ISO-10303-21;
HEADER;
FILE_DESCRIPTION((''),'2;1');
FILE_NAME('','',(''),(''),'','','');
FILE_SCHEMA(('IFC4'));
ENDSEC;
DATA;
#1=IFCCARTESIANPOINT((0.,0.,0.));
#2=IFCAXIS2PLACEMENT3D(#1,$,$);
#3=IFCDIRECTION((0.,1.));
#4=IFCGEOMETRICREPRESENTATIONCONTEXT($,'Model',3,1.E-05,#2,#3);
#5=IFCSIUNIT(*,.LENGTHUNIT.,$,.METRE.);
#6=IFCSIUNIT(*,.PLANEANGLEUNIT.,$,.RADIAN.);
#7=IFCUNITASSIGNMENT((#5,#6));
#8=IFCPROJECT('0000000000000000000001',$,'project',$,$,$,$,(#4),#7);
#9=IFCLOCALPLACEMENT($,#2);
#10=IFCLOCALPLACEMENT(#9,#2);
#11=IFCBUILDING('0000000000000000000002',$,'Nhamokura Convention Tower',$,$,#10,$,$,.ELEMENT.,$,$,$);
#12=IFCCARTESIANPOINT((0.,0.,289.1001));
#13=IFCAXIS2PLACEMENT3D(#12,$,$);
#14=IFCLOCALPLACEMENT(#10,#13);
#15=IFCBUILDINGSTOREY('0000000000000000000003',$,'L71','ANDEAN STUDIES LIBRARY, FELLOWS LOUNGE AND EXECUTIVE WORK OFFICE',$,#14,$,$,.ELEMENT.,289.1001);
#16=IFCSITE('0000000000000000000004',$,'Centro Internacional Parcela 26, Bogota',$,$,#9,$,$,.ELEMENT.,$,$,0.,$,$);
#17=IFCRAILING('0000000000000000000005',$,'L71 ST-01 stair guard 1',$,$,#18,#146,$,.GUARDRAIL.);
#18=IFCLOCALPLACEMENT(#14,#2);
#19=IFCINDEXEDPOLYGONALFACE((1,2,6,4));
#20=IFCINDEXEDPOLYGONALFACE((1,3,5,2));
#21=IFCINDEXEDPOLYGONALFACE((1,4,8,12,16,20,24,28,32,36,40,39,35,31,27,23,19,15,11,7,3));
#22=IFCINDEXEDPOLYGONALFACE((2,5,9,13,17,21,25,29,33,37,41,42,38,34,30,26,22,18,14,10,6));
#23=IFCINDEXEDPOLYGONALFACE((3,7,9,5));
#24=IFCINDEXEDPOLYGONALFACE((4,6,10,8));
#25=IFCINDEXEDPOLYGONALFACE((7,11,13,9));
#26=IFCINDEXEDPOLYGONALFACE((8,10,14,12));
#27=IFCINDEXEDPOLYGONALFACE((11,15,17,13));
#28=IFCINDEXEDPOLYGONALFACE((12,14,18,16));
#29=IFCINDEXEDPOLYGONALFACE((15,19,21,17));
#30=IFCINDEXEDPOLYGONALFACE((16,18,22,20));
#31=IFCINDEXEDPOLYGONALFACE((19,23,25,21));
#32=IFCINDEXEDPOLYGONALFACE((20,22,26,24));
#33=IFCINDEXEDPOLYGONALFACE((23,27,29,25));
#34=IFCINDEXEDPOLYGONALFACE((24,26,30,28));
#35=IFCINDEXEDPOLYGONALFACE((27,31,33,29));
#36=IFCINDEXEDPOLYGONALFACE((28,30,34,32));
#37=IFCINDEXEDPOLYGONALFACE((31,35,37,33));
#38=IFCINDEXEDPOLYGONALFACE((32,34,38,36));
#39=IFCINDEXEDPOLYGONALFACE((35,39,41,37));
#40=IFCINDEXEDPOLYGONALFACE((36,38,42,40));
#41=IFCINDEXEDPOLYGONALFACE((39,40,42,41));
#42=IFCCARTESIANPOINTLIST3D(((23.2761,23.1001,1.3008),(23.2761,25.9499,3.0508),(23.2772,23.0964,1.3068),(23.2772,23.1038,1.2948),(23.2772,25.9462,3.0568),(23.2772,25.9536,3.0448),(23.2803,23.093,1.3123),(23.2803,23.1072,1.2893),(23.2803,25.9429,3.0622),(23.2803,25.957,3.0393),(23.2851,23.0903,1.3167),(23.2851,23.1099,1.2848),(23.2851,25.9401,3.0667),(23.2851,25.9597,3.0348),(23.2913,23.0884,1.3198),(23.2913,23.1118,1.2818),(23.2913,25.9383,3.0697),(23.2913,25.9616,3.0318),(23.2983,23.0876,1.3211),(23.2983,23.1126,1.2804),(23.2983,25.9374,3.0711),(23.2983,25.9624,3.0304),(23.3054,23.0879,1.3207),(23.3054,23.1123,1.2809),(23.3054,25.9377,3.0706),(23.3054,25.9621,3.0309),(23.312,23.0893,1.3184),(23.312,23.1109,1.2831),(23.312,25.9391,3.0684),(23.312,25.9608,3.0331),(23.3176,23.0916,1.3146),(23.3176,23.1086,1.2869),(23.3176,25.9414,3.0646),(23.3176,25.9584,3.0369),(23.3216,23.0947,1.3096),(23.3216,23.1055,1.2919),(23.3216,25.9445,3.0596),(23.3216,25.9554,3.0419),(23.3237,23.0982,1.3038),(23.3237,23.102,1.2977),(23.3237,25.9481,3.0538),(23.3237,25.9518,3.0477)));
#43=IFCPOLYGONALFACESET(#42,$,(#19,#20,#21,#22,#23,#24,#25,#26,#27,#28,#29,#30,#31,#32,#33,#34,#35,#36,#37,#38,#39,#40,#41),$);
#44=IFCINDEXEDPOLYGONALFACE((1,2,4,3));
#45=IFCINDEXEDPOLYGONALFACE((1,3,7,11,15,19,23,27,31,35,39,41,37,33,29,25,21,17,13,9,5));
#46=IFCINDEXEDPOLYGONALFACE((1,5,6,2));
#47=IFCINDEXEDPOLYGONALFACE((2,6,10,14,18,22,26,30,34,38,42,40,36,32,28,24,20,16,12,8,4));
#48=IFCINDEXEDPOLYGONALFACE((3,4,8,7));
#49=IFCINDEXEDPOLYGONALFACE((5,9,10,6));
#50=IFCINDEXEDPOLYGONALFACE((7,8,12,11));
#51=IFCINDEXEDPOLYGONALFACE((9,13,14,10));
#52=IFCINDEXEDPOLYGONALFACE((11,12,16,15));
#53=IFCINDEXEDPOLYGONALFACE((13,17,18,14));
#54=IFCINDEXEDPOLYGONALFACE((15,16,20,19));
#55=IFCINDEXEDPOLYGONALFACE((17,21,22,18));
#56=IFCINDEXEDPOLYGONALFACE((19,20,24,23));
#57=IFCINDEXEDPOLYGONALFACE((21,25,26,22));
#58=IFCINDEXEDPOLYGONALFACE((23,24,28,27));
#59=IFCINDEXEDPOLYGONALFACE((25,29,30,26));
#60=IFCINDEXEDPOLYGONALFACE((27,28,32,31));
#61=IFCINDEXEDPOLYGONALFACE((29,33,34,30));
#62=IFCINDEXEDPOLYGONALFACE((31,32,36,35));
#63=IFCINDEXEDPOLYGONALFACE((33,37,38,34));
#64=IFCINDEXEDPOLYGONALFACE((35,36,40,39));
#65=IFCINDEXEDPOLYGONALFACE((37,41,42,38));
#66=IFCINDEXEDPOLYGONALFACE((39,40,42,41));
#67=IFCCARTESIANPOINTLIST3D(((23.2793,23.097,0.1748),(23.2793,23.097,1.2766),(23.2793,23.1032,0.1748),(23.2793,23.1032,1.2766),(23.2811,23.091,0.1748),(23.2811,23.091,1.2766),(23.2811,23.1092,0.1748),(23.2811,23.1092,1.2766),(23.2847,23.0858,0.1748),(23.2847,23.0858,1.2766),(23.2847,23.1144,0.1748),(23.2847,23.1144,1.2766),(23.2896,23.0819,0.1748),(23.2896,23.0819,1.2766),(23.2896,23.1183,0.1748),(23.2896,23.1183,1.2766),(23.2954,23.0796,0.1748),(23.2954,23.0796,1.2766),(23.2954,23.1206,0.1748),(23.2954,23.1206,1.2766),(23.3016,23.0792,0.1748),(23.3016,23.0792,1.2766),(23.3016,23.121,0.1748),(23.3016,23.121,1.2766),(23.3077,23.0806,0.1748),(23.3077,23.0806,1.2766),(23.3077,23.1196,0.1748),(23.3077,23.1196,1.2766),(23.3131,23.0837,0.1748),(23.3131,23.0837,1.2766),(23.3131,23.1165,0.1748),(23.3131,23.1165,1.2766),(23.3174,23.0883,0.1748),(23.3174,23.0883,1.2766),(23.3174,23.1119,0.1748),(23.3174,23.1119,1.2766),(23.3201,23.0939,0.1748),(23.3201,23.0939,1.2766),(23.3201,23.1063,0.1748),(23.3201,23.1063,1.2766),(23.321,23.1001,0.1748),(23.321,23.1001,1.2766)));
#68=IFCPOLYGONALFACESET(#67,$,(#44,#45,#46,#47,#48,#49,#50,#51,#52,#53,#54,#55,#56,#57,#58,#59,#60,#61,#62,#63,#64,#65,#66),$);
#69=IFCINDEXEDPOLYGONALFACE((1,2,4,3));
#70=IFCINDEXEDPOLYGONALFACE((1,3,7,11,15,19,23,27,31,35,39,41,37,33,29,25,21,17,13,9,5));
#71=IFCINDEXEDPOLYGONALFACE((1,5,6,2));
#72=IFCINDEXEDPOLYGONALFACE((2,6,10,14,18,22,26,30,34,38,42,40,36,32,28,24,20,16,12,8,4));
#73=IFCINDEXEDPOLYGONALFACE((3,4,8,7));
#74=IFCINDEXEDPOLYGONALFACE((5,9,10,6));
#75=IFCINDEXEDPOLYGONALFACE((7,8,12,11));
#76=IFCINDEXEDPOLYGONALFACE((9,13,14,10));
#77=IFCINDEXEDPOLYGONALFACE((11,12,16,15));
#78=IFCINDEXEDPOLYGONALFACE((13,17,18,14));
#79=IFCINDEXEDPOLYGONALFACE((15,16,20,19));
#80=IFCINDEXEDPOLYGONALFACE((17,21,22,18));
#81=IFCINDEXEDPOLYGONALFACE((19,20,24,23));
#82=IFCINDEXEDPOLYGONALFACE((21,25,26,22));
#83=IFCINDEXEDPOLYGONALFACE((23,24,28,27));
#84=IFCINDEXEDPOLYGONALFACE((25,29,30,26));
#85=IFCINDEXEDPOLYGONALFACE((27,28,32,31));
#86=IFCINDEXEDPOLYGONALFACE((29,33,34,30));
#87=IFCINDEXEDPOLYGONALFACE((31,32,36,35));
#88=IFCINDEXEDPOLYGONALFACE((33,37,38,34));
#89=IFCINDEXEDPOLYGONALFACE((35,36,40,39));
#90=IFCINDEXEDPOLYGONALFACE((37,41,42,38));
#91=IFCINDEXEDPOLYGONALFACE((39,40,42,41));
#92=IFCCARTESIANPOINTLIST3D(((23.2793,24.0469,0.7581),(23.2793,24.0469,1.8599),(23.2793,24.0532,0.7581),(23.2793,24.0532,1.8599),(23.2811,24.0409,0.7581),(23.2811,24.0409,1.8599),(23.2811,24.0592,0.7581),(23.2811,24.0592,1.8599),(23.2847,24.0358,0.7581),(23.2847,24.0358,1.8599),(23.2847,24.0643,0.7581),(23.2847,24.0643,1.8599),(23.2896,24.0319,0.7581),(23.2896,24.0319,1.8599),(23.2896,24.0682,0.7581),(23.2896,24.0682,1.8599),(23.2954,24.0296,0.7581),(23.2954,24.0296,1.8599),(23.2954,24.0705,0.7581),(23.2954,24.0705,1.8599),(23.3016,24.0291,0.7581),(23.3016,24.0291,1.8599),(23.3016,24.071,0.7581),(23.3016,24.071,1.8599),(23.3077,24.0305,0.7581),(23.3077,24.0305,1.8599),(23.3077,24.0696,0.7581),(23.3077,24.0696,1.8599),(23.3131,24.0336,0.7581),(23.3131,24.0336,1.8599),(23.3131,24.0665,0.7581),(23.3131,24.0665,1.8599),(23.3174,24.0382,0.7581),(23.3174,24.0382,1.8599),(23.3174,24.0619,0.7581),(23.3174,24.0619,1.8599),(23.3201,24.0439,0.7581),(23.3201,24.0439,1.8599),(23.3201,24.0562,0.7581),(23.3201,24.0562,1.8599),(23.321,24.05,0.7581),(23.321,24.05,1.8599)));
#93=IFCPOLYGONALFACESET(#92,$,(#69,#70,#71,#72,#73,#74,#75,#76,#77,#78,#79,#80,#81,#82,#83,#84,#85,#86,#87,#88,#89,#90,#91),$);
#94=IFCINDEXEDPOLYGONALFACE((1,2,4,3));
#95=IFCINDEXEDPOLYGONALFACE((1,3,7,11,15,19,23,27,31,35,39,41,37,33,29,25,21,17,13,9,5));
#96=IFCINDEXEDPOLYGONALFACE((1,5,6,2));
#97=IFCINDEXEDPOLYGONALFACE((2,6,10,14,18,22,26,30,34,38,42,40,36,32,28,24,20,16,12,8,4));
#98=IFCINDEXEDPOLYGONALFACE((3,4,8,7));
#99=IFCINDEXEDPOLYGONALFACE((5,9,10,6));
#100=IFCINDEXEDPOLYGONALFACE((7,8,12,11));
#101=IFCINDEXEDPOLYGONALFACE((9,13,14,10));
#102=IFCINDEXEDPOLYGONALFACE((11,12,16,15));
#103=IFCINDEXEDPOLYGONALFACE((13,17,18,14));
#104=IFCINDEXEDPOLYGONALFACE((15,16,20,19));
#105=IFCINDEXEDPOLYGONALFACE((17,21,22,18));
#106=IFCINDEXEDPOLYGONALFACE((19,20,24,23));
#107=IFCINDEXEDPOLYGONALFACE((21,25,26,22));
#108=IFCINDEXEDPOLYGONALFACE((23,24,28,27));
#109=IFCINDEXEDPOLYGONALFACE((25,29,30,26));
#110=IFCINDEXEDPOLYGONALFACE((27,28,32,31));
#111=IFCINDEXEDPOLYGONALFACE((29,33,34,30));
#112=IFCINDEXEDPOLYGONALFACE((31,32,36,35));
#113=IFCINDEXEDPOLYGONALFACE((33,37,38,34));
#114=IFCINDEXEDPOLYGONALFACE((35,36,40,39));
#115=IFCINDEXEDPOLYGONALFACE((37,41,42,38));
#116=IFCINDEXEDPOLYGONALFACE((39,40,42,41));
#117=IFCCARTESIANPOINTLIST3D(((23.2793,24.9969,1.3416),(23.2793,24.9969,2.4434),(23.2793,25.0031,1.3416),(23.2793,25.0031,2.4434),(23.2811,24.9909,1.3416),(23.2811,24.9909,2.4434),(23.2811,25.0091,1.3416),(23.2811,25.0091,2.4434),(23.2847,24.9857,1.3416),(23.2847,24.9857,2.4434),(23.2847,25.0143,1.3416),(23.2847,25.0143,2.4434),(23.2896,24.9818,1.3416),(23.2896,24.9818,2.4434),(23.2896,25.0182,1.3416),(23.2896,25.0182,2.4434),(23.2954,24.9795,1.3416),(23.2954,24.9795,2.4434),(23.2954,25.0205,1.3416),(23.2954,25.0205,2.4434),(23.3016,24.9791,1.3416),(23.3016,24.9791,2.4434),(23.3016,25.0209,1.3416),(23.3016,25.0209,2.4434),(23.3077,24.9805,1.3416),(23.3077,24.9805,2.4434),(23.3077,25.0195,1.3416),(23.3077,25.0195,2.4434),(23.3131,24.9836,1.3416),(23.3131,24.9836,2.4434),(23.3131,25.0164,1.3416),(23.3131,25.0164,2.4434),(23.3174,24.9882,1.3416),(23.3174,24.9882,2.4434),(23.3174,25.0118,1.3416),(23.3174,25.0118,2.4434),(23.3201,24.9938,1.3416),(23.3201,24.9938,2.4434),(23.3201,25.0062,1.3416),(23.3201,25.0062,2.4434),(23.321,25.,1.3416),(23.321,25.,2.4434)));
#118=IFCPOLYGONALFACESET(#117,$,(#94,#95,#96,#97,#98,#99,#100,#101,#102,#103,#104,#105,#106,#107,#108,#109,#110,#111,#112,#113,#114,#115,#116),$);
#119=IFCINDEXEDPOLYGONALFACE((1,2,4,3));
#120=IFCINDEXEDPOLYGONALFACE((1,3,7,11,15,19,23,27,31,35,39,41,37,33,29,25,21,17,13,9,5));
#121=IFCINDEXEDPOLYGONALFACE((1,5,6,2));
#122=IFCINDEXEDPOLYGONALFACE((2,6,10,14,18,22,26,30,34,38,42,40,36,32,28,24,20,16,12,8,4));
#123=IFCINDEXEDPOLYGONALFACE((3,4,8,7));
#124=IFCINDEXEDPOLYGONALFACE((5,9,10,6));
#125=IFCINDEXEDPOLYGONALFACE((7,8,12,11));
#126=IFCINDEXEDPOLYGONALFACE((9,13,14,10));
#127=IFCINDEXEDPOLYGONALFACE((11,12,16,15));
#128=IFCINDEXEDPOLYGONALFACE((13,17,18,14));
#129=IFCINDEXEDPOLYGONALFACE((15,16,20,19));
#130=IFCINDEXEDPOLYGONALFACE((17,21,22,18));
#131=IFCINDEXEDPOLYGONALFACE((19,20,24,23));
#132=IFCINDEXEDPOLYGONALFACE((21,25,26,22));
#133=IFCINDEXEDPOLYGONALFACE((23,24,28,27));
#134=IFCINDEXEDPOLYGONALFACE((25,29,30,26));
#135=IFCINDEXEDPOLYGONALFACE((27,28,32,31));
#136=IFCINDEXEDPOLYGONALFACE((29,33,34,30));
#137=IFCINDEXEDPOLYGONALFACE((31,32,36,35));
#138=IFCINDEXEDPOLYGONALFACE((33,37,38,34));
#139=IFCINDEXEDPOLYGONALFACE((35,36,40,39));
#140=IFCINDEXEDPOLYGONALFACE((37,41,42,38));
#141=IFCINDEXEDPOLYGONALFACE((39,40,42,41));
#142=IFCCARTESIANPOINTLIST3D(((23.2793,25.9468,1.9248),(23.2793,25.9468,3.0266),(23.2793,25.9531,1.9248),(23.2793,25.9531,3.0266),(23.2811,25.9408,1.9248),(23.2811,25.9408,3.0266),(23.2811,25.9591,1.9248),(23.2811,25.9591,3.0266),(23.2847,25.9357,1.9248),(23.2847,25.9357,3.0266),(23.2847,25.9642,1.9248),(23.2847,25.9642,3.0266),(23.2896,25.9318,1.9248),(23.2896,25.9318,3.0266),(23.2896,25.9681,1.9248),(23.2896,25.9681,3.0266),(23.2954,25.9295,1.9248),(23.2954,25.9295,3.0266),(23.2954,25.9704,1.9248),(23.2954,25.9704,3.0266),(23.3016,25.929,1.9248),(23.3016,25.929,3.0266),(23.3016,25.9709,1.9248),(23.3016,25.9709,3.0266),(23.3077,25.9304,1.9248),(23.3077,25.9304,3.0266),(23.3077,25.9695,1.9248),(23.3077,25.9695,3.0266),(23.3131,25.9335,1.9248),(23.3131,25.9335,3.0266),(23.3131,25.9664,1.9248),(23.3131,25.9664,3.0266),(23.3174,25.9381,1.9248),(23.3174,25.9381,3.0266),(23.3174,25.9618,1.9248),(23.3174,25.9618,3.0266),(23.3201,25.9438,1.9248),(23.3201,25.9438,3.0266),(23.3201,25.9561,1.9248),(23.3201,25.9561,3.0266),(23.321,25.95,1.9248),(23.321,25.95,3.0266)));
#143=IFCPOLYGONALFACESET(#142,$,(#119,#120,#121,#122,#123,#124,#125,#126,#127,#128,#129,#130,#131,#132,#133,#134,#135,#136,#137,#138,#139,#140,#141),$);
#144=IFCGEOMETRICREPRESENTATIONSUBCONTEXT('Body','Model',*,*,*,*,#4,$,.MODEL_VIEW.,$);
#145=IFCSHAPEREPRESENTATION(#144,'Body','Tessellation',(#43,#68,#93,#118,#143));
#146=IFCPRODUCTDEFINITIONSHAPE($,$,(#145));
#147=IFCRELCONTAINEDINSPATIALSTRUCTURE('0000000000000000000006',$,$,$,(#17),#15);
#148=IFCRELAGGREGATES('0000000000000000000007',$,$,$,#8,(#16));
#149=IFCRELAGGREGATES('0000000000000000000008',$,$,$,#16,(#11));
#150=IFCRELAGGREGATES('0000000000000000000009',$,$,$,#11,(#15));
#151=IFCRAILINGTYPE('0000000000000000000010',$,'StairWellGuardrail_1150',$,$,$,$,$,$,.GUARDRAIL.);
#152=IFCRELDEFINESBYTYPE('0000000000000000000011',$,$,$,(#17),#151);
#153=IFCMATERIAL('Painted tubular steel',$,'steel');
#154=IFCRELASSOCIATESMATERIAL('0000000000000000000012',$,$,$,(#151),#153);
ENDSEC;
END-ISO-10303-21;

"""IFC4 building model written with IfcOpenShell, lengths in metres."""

from ifc_helpers import new_model, si_unit, direction, frame, origin, origin_2d, place, context, subcontext, project, spatial, circle, extrude, material, type_object, element, save


model = new_model("IFC4")

# Units and contexts
model_context = context("Model", 3, precision=1e-05, world=origin(), true_north=direction((0.0, 1.0)))
body_context = subcontext(model_context, "Body", "Model", "MODEL_VIEW")
ifc_project = project(units=[si_unit("LENGTHUNIT", "METRE"), si_unit("PLANEANGLEUNIT", "RADIAN")], contexts=[model_context])

# Site, building, storey
site_placement = place(None, origin())
site = spatial("IfcSite", under=ifc_project, at=site_placement, Name="Centro Internacional Parcela 26, Bogota", CompositionType="ELEMENT", RefElevation=0.0)
building_placement = place(site_placement, origin())
building = spatial("IfcBuilding", under=site, at=building_placement, Name="Nhamokura Convention Tower", CompositionType="ELEMENT")
storey_placement = place(building_placement, frame((0.0, 0.0, 289.1001)))
storey = spatial("IfcBuildingStorey", under=building, at=storey_placement, Name="L71", Description="ANDEAN STUDIES LIBRARY, FELLOWS LOUNGE AND EXECUTIVE WORK OFFICE", CompositionType="ELEMENT", Elevation=289.1001)

# Railing
ifc_material_1 = material(Name="Painted tubular steel", Category="steel")
railing_type_1 = type_object("IfcRailingType", Name="StairWellGuardrail_1150", PredefinedType="GUARDRAIL", material=ifc_material_1)
railing_1_placement = place(storey_placement, frame((23.3, 23.1001, 0.1748)))
element("IfcRailing", 1, at=railing_1_placement, inside=storey, type_object=railing_type_1, Name="L71 ST-01 stair guard 1", PredefinedType="GUARDRAIL", context=body_context, shape_type="SweptSolid", body=[
    extrude(circle(Radius=0.0239, at=origin_2d()), frame((0.0, 0.0, 1.126), z_axis=(0.0, 0.852159, 0.523283), x_axis=(-1.0, 0.0, 0.0)), (0.0, 0.0, 1.0), 3.3442),
    extrude(circle(Radius=0.021, at=origin_2d()), origin(), (0.0, 0.0, 1.0), 1.1018),
    extrude(circle(Radius=0.021, at=origin_2d()), frame((0.0, 0.95, 0.5833)), (0.0, 0.0, 1.0), 1.1018),
    extrude(circle(Radius=0.021, at=origin_2d()), frame((0.0, 1.8999, 1.1667)), (0.0, 0.0, 1.0), 1.1018),
    extrude(circle(Radius=0.021, at=origin_2d()), frame((0.0, 2.8499, 1.75)), (0.0, 0.0, 1.0), 1.1018),
])

save(model, "model.ifc")
